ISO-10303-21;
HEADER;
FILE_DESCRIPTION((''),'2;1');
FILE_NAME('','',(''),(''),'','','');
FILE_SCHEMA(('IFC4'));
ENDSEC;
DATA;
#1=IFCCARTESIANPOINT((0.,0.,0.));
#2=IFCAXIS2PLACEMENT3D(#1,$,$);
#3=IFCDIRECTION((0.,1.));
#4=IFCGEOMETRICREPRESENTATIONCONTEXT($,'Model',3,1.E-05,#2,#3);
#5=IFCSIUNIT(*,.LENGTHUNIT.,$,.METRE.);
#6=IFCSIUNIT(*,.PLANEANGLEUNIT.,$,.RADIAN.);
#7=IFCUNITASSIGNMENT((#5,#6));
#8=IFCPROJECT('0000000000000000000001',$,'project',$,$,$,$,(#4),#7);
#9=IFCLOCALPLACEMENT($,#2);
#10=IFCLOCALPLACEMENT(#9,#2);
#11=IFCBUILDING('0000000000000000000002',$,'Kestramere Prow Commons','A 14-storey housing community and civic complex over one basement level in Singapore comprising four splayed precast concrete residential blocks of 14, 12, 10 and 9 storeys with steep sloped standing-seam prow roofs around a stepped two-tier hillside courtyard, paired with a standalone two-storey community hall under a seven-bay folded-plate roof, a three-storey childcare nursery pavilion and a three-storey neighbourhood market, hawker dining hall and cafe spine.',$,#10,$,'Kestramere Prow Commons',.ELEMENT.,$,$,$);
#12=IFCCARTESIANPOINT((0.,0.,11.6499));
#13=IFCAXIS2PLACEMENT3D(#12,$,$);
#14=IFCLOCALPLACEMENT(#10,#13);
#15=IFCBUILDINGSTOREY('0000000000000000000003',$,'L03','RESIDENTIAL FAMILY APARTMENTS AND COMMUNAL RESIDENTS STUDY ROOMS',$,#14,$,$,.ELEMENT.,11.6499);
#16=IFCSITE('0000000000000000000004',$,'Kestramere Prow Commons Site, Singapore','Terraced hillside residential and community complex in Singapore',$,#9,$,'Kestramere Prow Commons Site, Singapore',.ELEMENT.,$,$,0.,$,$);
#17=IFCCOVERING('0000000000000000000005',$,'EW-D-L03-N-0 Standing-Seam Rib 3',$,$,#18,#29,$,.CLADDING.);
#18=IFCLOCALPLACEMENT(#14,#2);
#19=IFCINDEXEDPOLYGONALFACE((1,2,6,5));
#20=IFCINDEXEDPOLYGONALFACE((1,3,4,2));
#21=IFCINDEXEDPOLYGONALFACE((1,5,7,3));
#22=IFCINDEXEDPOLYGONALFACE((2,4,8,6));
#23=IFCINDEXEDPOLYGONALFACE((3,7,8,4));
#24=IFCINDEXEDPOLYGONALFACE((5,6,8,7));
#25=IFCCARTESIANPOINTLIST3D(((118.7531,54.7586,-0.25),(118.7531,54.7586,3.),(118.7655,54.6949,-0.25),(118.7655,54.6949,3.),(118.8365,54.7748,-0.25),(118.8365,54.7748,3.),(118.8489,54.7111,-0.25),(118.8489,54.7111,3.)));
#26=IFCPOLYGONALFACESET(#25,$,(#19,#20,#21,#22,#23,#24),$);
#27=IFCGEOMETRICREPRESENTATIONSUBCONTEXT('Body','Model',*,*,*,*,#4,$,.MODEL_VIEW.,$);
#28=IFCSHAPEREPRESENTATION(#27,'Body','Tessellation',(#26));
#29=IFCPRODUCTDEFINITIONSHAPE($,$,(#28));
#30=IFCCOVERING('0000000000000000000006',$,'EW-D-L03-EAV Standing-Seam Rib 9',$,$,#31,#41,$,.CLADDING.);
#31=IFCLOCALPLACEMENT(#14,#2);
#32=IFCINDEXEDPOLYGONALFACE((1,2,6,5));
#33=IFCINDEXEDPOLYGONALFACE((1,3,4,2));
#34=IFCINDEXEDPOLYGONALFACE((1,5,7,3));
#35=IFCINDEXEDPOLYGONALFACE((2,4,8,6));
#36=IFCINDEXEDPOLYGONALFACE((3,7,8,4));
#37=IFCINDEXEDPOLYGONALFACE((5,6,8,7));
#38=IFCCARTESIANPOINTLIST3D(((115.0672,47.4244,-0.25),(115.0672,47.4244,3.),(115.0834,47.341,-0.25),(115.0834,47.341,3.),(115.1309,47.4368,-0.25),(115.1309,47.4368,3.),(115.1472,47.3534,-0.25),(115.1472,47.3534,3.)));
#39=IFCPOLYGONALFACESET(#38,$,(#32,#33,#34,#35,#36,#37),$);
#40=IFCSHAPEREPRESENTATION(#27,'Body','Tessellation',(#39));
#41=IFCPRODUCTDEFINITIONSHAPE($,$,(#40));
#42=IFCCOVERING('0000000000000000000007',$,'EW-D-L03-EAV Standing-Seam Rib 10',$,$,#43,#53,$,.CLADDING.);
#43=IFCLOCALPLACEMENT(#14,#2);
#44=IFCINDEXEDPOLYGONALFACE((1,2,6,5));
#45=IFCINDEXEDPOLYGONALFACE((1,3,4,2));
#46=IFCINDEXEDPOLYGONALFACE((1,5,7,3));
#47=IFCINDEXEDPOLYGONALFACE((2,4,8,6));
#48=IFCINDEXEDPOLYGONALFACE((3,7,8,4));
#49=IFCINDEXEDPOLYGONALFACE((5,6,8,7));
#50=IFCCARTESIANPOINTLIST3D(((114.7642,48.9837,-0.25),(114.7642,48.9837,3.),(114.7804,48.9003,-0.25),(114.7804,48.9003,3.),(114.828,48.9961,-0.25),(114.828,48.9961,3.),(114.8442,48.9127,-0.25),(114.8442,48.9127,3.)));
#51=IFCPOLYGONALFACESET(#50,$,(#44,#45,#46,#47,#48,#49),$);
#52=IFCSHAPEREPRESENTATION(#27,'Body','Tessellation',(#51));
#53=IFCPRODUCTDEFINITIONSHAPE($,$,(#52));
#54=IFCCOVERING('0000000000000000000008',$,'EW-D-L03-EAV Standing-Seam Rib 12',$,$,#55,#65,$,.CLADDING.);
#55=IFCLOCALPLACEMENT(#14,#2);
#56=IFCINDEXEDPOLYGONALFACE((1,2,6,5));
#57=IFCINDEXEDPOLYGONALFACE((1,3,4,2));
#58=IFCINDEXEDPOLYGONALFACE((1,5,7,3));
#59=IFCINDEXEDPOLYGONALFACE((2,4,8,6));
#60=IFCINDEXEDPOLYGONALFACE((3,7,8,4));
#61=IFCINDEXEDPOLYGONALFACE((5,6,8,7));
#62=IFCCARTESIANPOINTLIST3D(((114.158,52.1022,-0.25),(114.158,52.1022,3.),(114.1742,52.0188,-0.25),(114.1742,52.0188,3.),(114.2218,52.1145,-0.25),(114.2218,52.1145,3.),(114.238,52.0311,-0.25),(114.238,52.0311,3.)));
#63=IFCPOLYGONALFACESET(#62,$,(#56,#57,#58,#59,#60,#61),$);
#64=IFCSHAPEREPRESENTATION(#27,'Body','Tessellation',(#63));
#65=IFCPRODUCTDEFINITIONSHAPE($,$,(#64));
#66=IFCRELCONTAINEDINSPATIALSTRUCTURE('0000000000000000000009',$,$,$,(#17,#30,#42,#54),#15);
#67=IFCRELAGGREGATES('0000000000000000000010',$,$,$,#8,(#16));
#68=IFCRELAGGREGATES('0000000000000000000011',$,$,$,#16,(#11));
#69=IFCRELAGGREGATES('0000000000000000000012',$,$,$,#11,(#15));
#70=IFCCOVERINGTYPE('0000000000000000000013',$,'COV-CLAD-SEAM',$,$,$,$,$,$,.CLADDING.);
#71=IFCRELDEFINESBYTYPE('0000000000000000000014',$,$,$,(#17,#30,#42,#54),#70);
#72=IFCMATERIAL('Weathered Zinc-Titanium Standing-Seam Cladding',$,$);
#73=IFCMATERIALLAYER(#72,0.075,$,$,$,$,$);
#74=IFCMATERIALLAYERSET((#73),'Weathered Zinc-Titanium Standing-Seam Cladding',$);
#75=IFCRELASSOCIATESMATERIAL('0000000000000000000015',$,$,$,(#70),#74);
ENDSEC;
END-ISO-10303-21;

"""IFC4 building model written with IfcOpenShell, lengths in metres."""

from ifc_helpers import new_model, si_unit, direction, frame, origin, origin_2d, place, context, subcontext, project, spatial, rectangle, extrude, material, layer, layer_set, type_object, element, save


model = new_model("IFC4")

# Units and contexts
model_context = context("Model", 3, precision=1e-05, world=origin(), true_north=direction((0.0, 1.0)))
body_context = subcontext(model_context, "Body", "Model", "MODEL_VIEW")
ifc_project = project(units=[si_unit("LENGTHUNIT", "METRE"), si_unit("PLANEANGLEUNIT", "RADIAN")], contexts=[model_context])

# Site, building, storey
site_placement = place(None, origin())
site = spatial("IfcSite", under=ifc_project, at=site_placement, Name="Kestramere Prow Commons Site, Singapore", Description="Terraced hillside residential and community complex in Singapore", LongName="Kestramere Prow Commons Site, Singapore", CompositionType="ELEMENT", RefElevation=0.0)
building_placement = place(site_placement, origin())
building = spatial("IfcBuilding", under=site, at=building_placement, Name="Kestramere Prow Commons", Description="A 14-storey housing community and civic complex over one basement level in Singapore comprising four splayed precast concrete residential blocks of 14, 12, 10 and 9 storeys with steep sloped standing-seam prow roofs around a stepped two-tier hillside courtyard, paired with a standalone two-storey community hall under a seven-bay folded-plate roof, a three-storey childcare nursery pavilion and a three-storey neighbourhood market, hawker dining hall and cafe spine.", LongName="Kestramere Prow Commons", CompositionType="ELEMENT")
storey_placement = place(building_placement, frame((0.0, 0.0, 11.6499)))
storey = spatial("IfcBuildingStorey", under=building, at=storey_placement, Name="L03", Description="RESIDENTIAL FAMILY APARTMENTS AND COMMUNAL RESIDENTS STUDY ROOMS", CompositionType="ELEMENT", Elevation=11.6499)

# Coverings
ifc_material_1 = material(Name="Weathered Zinc-Titanium Standing-Seam Cladding")
ifc_layer_1 = layer(ifc_material_1, 0.075)
ifc_layer_set_1 = layer_set([ifc_layer_1], Name="Weathered Zinc-Titanium Standing-Seam Cladding")
covering_type = type_object("IfcCoveringType", Name="COV-CLAD-SEAM", PredefinedType="CLADDING", material=ifc_layer_set_1)
for number, where, z_axis, x_axis, name in (
    (1, (118.801, 54.7349, -0.25), (0.0, 0.0, 1.0), (0.981627, 0.190809, 0.0), "EW-D-L03-N-0 Standing-Seam Rib 3"),
    (2, (115.1072, 47.3889, -0.25), (0.0, 0.0, 1.0), (-0.190809, 0.981627, 0.0), "EW-D-L03-EAV Standing-Seam Rib 9"),
    (3, (114.8042, 48.9482, -0.25), (0.0, 0.0, 1.0), (-0.190809, 0.981627, 0.0), "EW-D-L03-EAV Standing-Seam Rib 10"),
    (4, (114.198, 52.0667, -0.25), (0.0, 0.0, 1.0), (-0.190809, 0.981627, 0.0), "EW-D-L03-EAV Standing-Seam Rib 12"),
):
    element("IfcCovering", number, at=place(storey_placement, frame(where, z_axis=z_axis, x_axis=x_axis)), inside=storey, type_object=covering_type, Name=name, PredefinedType="CLADDING", context=body_context, shape_type="SweptSolid", body=[
        extrude(rectangle(XDim=0.085, YDim=0.0649, at=origin_2d()), origin(), (0.0, 0.0, 1.0), 3.25),
    ])

save(model, "model.ifc")
